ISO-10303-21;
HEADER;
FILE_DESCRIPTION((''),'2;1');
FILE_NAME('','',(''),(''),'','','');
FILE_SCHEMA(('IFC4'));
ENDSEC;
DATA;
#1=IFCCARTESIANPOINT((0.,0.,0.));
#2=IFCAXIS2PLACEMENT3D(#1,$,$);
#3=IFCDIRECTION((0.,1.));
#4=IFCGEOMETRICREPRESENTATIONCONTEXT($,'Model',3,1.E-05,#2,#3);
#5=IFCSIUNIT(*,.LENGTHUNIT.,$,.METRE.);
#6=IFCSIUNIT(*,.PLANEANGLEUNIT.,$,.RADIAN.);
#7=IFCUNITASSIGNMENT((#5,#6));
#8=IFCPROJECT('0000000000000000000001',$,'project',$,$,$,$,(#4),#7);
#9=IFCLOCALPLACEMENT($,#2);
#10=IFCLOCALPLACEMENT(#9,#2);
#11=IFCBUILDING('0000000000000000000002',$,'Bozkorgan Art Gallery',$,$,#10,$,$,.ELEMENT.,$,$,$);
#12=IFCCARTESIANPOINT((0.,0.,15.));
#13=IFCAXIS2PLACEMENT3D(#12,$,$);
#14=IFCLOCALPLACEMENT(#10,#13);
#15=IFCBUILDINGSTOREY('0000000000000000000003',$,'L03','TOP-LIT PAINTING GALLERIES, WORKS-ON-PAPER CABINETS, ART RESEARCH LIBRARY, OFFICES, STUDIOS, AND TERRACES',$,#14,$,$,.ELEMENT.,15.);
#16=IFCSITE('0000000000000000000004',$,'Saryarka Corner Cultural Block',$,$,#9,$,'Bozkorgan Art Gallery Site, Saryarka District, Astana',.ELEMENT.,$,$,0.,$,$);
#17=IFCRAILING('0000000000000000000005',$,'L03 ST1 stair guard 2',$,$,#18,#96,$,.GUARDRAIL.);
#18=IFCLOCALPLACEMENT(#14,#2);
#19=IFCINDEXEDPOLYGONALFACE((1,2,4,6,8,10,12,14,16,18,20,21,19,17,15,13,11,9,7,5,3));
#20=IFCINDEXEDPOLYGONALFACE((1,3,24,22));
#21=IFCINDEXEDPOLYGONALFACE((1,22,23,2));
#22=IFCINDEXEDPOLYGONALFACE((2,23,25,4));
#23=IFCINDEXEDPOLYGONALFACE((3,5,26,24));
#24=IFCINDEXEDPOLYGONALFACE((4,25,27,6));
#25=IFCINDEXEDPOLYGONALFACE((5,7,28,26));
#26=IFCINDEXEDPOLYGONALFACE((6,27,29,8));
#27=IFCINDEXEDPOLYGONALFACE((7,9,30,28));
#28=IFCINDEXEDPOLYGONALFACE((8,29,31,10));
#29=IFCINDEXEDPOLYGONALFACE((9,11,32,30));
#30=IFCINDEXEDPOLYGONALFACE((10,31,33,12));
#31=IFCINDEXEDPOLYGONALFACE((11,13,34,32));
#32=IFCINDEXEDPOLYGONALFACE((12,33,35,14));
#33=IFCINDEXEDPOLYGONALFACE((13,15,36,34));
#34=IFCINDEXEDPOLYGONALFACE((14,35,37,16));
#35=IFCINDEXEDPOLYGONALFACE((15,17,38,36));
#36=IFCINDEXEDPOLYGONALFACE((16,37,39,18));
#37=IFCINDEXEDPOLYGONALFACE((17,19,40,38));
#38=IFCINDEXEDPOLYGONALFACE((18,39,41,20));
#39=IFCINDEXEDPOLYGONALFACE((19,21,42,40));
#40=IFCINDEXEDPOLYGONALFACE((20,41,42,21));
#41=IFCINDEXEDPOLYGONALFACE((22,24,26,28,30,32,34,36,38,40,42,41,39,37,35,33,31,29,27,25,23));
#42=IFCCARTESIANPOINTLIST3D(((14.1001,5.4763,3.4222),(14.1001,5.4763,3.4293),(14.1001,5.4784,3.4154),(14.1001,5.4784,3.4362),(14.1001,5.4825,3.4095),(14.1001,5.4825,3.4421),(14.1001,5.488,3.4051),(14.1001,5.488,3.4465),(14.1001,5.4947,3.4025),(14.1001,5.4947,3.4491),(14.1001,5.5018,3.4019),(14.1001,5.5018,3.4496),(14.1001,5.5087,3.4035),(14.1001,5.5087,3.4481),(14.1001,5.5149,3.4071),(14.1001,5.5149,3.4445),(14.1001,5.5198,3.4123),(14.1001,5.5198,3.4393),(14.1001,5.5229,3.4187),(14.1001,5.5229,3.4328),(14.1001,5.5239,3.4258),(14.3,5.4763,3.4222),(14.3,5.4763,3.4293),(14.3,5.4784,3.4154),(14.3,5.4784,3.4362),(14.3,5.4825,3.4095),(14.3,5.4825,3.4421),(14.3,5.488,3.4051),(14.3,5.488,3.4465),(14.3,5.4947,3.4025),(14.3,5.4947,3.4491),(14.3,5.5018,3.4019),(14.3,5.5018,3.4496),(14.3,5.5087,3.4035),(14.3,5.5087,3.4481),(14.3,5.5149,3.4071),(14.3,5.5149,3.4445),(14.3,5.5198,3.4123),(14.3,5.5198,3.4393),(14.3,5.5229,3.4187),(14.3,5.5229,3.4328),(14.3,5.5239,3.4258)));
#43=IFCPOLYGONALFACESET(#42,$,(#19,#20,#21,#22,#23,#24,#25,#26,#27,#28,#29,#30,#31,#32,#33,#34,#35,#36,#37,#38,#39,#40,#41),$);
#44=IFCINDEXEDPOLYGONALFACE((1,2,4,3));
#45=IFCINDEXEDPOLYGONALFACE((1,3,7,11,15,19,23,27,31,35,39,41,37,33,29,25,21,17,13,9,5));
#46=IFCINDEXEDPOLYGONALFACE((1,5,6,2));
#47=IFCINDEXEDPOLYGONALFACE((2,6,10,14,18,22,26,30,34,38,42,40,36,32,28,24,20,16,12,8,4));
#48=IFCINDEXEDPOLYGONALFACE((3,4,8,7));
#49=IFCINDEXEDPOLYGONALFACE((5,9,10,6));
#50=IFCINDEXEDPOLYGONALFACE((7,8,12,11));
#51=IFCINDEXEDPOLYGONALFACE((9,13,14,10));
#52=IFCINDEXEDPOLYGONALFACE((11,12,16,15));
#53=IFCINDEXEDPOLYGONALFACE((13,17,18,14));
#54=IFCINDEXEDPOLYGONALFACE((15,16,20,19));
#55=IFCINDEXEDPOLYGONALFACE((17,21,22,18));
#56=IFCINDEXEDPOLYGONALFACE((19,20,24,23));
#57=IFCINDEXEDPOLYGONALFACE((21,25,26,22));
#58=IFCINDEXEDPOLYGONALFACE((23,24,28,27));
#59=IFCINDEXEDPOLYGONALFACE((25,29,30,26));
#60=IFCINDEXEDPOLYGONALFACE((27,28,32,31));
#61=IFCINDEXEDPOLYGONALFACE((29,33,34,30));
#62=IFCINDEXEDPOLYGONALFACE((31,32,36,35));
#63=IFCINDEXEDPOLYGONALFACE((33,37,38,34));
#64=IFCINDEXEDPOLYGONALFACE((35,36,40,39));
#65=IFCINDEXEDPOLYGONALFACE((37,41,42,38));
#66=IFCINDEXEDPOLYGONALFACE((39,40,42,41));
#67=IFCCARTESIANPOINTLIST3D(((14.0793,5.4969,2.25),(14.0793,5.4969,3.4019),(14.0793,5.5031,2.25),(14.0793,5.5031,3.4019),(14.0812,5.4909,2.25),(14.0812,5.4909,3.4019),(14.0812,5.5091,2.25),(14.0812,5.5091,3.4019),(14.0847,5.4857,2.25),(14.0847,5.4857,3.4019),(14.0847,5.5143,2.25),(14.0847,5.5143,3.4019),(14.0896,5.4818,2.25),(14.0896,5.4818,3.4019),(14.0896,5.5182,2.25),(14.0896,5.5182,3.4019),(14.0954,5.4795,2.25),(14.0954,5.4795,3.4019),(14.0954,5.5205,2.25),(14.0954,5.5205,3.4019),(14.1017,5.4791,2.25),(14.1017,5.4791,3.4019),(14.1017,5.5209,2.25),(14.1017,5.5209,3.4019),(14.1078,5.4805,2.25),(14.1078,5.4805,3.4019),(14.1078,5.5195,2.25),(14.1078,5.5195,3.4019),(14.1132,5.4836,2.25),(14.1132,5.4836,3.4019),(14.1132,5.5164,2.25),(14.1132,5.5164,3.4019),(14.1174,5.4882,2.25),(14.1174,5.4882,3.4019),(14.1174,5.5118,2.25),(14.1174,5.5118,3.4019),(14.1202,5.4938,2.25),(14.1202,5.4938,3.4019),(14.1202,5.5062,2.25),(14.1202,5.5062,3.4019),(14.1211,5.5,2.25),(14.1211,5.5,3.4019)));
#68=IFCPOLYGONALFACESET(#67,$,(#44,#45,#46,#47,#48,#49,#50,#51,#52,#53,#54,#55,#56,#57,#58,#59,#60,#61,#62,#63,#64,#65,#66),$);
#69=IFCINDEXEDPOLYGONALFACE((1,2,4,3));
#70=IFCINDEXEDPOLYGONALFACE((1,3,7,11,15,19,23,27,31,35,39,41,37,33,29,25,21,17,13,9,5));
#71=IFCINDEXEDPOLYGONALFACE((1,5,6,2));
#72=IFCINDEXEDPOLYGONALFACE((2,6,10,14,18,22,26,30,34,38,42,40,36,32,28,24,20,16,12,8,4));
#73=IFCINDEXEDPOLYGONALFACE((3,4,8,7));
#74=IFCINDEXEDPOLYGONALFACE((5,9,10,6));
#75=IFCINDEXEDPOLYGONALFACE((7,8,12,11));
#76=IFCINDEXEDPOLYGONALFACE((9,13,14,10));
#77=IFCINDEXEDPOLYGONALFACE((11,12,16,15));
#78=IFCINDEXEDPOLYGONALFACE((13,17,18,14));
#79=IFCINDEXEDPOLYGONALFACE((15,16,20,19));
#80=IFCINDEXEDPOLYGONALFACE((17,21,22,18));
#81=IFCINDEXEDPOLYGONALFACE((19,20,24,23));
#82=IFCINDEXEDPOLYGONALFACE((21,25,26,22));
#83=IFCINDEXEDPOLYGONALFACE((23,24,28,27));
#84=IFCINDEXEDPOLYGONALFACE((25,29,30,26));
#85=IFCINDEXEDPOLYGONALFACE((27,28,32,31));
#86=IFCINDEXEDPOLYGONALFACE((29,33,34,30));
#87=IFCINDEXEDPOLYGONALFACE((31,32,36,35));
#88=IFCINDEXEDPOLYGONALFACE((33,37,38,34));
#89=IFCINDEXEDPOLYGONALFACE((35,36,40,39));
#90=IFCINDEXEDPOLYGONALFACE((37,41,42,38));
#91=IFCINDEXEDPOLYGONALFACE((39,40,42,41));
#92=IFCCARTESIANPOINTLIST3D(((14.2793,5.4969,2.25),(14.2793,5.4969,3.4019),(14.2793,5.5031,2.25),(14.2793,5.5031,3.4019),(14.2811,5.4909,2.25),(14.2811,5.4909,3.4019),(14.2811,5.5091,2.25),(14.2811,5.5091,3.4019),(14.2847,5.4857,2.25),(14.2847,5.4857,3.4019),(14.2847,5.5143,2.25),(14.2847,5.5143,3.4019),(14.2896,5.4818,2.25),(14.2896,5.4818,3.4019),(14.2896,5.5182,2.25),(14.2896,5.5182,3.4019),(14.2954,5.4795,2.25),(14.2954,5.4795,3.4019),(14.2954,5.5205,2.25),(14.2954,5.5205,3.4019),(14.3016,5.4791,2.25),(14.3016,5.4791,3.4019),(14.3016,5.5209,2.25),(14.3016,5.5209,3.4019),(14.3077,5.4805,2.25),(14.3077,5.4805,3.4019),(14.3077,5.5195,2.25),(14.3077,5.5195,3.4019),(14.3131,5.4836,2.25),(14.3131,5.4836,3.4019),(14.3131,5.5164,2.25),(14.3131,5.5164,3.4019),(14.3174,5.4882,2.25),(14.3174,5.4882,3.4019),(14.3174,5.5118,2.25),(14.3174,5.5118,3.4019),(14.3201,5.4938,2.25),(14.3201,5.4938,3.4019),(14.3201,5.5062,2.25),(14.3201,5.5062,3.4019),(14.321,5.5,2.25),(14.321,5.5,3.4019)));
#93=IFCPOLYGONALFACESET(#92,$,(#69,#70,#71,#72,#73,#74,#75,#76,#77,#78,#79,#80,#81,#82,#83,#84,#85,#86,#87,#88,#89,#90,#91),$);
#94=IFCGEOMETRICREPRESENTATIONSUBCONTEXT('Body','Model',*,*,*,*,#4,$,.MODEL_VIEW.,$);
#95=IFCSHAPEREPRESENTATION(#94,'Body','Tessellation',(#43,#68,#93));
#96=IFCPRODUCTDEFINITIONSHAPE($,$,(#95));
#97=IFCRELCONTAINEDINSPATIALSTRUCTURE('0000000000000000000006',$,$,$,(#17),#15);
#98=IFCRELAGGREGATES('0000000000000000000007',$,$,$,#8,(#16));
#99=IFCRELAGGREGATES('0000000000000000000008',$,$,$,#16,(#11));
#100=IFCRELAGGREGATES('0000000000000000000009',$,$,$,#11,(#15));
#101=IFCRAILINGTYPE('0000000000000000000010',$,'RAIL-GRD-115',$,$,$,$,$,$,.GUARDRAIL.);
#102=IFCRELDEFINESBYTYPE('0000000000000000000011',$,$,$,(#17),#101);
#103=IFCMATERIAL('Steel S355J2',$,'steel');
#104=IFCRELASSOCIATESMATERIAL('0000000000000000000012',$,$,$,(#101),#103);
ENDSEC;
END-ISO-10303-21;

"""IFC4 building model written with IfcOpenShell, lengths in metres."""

from ifc_helpers import new_model, si_unit, direction, frame, origin, origin_2d, place, context, subcontext, project, spatial, circle, extrude, material, type_object, element, save


model = new_model("IFC4")

# Units and contexts
model_context = context("Model", 3, precision=1e-05, world=origin(), true_north=direction((0.0, 1.0)))
body_context = subcontext(model_context, "Body", "Model", "MODEL_VIEW")
ifc_project = project(units=[si_unit("LENGTHUNIT", "METRE"), si_unit("PLANEANGLEUNIT", "RADIAN")], contexts=[model_context])

# Site, building, storey
site_placement = place(None, origin())
site = spatial("IfcSite", under=ifc_project, at=site_placement, Name="Saryarka Corner Cultural Block", LongName="Bozkorgan Art Gallery Site, Saryarka District, Astana", CompositionType="ELEMENT", RefElevation=0.0)
building_placement = place(site_placement, origin())
building = spatial("IfcBuilding", under=site, at=building_placement, Name="Bozkorgan Art Gallery", CompositionType="ELEMENT")
storey_placement = place(building_placement, frame((0.0, 0.0, 15.0)))
storey = spatial("IfcBuildingStorey", under=building, at=storey_placement, Name="L03", Description="TOP-LIT PAINTING GALLERIES, WORKS-ON-PAPER CABINETS, ART RESEARCH LIBRARY, OFFICES, STUDIOS, AND TERRACES", CompositionType="ELEMENT", Elevation=15.0)

# Shared definitions
ifc_material_1 = material(Name="Steel S355J2", Category="steel")

# Railing
railing_type_1 = type_object("IfcRailingType", Name="RAIL-GRD-115", PredefinedType="GUARDRAIL", material=ifc_material_1)
railing_1_placement = place(storey_placement, frame((14.1001, 5.5, 2.25)))
element("IfcRailing", 1, at=railing_1_placement, inside=storey, type_object=railing_type_1, Name="L03 ST1 stair guard 2", PredefinedType="GUARDRAIL", context=body_context, shape_type="SweptSolid", body=[
    extrude(circle(Radius=0.0239, at=origin_2d()), frame((0.0, 0.0, 1.1758), z_axis=(1.0, 0.0, 0.0), x_axis=(0.0, 1.0, 0.0)), (0.0, 0.0, 1.0), 0.2),
    extrude(circle(Radius=0.021, at=origin_2d()), origin(), (0.0, 0.0, 1.0), 1.1519),
    extrude(circle(Radius=0.021, at=origin_2d()), frame((0.2, 0.0, 0.0)), (0.0, 0.0, 1.0), 1.1519),
])

save(model, "model.ifc")
